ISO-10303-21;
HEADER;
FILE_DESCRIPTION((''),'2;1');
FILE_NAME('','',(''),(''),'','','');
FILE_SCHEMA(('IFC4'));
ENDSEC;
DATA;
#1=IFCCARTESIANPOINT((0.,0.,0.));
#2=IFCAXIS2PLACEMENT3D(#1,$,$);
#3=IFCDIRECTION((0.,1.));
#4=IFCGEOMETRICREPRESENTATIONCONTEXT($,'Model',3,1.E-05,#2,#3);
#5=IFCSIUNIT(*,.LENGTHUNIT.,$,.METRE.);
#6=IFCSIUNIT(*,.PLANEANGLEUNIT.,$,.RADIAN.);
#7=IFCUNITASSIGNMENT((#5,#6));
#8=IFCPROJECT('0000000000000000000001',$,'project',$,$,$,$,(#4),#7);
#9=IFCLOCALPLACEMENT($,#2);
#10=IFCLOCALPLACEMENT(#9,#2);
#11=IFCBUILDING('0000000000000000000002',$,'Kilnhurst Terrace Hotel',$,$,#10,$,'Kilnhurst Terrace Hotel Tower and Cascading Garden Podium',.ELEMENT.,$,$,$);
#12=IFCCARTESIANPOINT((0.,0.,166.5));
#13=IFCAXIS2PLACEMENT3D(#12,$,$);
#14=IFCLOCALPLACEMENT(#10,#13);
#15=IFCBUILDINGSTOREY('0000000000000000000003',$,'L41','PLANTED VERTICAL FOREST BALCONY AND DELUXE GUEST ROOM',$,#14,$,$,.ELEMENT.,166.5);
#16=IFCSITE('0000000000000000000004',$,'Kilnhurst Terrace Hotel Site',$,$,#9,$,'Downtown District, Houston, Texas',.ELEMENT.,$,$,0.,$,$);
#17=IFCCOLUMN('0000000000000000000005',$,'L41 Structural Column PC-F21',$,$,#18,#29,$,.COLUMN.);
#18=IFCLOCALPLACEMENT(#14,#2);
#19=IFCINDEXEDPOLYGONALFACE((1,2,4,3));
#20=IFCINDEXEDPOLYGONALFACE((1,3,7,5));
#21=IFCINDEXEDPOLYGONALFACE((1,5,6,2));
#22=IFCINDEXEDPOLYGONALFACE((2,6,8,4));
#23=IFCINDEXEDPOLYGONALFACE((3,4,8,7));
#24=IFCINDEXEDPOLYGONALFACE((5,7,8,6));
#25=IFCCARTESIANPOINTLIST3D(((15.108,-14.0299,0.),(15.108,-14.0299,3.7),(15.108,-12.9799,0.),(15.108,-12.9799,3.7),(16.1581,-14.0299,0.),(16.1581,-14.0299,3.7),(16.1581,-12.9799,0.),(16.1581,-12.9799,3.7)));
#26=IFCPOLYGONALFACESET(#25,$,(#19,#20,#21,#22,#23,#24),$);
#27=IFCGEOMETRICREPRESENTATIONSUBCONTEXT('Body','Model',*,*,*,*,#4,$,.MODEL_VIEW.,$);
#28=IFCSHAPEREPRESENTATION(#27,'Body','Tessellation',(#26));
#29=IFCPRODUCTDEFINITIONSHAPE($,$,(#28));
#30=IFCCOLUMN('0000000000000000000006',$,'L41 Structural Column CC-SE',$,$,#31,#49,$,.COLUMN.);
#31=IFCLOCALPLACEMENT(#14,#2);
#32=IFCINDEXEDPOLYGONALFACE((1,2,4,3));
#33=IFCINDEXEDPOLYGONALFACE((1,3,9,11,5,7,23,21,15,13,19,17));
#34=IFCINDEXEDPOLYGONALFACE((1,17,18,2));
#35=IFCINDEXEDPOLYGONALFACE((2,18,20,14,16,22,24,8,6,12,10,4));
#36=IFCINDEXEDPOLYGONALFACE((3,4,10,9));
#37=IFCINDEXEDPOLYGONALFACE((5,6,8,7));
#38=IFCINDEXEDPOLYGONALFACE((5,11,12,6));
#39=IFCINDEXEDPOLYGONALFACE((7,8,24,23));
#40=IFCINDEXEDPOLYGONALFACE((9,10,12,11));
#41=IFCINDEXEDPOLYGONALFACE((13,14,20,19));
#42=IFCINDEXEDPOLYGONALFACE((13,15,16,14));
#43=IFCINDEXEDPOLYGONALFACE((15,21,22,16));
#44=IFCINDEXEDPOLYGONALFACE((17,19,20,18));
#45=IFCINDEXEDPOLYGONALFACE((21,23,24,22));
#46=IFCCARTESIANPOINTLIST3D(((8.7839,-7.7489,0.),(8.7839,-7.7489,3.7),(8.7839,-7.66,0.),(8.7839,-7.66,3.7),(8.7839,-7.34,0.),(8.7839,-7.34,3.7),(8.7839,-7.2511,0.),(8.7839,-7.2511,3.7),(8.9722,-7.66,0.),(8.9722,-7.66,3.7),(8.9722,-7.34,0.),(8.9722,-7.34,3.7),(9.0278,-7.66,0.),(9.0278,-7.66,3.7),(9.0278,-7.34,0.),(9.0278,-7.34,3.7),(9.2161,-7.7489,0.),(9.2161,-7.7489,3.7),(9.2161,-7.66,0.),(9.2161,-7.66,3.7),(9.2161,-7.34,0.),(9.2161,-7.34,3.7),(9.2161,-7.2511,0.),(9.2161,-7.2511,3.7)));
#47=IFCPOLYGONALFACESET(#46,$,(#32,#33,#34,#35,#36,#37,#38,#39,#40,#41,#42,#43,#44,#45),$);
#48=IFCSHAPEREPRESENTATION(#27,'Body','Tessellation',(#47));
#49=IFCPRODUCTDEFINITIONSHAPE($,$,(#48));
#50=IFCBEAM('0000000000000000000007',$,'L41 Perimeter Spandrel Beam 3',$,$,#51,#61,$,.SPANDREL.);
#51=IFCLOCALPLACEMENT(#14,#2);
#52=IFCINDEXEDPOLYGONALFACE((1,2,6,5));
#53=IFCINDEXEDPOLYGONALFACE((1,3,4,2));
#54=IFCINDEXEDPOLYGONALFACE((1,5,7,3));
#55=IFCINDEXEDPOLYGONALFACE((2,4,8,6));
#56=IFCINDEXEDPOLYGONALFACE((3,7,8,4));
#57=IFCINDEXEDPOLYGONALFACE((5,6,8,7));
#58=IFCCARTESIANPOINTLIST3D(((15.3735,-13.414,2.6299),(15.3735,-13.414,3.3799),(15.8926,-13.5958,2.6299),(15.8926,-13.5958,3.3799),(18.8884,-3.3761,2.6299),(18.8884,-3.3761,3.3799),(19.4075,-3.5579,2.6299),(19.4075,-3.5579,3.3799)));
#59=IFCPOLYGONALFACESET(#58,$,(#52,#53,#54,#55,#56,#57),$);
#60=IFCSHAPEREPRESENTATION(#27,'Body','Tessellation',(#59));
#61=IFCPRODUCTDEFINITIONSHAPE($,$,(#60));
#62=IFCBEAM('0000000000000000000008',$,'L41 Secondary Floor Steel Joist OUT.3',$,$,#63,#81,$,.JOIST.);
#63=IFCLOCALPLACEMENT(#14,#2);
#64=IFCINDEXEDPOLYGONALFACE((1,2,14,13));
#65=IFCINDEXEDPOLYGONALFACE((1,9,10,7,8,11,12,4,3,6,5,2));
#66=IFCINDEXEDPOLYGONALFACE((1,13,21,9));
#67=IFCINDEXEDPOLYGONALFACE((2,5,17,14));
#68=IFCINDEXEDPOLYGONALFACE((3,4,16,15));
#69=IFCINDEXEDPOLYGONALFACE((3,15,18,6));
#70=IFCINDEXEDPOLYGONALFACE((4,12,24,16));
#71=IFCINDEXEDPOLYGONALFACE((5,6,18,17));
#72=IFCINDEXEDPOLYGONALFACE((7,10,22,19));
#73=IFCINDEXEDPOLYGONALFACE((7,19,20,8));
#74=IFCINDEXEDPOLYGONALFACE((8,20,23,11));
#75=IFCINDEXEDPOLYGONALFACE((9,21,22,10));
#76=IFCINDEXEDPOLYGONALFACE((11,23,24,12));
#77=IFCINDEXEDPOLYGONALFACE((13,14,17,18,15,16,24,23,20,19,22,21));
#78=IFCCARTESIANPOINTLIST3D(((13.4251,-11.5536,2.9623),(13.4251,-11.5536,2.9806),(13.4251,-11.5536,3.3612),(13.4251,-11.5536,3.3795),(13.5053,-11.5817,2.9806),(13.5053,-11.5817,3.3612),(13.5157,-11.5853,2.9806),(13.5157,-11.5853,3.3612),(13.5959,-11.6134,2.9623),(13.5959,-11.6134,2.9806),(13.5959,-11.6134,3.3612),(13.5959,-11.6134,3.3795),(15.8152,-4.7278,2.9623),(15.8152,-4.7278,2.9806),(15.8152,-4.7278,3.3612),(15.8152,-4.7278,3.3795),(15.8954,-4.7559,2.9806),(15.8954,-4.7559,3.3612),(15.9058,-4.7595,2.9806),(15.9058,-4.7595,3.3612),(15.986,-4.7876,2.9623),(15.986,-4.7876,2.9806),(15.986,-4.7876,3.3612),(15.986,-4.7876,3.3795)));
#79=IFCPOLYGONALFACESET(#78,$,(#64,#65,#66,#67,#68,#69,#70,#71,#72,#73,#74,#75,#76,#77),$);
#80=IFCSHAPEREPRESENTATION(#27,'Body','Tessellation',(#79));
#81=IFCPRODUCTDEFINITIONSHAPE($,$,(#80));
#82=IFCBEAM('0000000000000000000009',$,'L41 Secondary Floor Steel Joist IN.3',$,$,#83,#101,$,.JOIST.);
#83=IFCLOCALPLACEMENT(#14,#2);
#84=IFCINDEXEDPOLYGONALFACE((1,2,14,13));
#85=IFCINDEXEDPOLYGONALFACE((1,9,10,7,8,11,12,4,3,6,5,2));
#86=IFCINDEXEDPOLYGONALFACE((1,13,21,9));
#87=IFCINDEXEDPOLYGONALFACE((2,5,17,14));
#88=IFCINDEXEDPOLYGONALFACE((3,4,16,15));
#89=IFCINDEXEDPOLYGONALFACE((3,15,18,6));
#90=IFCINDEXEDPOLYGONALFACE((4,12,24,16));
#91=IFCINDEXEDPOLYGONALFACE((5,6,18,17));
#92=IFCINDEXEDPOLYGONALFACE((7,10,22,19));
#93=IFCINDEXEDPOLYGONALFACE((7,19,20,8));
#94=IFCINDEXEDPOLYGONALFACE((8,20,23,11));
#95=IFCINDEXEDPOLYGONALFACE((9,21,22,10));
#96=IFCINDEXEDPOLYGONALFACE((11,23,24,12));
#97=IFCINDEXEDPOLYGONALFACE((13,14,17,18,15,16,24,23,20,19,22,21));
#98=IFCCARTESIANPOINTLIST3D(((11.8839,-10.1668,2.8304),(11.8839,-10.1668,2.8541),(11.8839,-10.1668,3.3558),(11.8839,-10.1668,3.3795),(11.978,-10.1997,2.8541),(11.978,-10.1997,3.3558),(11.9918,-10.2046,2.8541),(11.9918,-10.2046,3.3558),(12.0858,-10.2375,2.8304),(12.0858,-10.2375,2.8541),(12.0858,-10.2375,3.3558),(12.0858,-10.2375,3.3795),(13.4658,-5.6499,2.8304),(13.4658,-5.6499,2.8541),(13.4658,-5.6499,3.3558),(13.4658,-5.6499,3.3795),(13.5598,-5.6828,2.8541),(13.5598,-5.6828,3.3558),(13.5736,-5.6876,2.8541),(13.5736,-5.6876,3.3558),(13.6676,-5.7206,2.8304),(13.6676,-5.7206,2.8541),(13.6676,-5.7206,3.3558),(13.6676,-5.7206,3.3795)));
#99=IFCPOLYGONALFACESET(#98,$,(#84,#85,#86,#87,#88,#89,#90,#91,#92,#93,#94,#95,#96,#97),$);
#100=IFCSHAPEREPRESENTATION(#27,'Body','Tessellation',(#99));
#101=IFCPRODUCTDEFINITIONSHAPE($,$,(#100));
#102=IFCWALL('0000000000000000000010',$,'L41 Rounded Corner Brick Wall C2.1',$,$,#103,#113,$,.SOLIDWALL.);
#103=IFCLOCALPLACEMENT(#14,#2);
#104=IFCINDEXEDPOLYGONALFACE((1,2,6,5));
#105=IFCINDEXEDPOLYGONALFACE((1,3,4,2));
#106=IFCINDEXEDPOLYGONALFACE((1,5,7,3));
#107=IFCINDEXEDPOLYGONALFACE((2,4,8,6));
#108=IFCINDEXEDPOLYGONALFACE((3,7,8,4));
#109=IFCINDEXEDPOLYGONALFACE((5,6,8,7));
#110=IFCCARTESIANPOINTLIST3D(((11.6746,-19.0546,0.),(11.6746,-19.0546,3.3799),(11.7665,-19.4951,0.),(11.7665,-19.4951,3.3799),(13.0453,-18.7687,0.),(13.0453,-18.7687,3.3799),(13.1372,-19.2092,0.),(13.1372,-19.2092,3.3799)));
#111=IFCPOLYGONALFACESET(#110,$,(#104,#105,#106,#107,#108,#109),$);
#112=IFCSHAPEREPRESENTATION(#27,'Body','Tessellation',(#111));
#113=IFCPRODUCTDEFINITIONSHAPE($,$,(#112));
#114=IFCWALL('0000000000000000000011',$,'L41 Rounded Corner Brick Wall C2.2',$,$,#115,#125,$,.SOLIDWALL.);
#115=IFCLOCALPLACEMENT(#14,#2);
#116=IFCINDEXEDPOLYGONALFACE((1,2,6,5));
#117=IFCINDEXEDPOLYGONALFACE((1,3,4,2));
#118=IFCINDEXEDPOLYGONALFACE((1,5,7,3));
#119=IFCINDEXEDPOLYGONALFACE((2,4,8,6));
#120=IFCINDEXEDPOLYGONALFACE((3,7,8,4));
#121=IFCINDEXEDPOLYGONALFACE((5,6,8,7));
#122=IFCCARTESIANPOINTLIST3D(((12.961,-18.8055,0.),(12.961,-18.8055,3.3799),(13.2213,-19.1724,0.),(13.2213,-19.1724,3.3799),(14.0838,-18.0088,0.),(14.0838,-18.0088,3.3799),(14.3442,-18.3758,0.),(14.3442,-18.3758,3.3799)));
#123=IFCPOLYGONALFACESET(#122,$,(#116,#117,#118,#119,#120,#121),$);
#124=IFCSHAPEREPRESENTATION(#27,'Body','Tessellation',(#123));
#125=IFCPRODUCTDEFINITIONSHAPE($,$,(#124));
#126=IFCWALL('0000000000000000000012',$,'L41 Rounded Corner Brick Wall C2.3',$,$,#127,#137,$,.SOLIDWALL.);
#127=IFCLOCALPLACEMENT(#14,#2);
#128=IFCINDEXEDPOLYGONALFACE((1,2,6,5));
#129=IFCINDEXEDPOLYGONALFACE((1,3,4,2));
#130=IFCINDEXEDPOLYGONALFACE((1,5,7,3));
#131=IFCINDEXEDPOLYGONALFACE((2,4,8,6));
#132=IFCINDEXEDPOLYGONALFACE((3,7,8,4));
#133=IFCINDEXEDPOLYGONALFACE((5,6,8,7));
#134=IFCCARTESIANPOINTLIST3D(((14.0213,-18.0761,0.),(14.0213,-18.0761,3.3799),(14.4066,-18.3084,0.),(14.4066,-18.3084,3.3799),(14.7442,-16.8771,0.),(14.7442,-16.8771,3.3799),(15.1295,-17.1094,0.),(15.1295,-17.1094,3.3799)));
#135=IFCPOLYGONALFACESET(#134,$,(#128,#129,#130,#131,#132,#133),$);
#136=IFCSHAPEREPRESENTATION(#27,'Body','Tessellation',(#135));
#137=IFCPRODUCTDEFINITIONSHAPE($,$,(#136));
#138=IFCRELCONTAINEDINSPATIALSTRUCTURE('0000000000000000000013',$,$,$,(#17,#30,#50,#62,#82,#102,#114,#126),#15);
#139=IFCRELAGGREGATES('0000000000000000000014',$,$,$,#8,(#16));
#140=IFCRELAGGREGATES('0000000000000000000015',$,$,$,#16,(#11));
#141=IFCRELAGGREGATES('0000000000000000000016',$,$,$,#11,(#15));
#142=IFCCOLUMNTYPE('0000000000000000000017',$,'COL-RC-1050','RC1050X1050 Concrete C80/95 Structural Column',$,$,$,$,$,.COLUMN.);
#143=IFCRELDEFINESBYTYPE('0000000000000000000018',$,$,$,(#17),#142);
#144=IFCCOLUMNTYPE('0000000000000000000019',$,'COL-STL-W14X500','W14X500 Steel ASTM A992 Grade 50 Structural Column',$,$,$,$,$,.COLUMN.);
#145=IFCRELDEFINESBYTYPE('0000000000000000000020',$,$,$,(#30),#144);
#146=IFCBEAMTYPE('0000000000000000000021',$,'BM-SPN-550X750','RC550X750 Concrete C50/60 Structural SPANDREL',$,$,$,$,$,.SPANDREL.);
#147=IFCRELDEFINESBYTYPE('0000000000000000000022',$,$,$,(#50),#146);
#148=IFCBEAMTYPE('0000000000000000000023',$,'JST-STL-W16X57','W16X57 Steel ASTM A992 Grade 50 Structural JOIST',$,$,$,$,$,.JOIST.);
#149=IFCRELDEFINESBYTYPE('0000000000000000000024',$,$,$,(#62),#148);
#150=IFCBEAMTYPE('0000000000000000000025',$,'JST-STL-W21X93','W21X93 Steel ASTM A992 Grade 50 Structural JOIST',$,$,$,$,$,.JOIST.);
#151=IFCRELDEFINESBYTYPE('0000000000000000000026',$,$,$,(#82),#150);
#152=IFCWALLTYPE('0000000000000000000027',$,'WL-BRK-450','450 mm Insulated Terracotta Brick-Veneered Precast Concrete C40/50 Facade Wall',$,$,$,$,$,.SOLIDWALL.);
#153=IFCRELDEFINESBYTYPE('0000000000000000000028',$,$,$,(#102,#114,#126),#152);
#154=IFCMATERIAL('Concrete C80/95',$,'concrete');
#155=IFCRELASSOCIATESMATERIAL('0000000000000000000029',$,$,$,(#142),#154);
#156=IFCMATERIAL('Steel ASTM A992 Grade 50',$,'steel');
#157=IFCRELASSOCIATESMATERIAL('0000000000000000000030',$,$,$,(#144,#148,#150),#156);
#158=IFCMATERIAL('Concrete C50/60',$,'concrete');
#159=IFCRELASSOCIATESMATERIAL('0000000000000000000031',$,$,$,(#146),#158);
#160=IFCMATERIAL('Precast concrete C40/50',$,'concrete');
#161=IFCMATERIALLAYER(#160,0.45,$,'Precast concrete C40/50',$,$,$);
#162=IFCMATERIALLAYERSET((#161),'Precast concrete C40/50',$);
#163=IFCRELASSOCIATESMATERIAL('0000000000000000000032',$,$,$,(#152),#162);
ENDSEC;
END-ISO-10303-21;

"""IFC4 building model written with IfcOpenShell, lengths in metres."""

from ifc_helpers import new_model, si_unit, direction, frame, frame_2d, origin, origin_2d, place, context, subcontext, project, spatial, rectangle, i_section, extrude, material, layer, layer_set, material_profile, profile_set, type_object, element, save


model = new_model("IFC4")

# Units and contexts
model_context = context("Model", 3, precision=1e-05, world=origin(), true_north=direction((0.0, 1.0)))
body_context = subcontext(model_context, "Body", "Model", "MODEL_VIEW")
ifc_project = project(units=[si_unit("LENGTHUNIT", "METRE"), si_unit("PLANEANGLEUNIT", "RADIAN")], contexts=[model_context])

# Site, building, storey
site_placement = place(None, origin())
site = spatial("IfcSite", under=ifc_project, at=site_placement, Name="Kilnhurst Terrace Hotel Site", LongName="Downtown District, Houston, Texas", CompositionType="ELEMENT", RefElevation=0.0)
building_placement = place(site_placement, origin())
building = spatial("IfcBuilding", under=site, at=building_placement, Name="Kilnhurst Terrace Hotel", LongName="Kilnhurst Terrace Hotel Tower and Cascading Garden Podium", CompositionType="ELEMENT")
storey_placement = place(building_placement, frame((0.0, 0.0, 166.5)))
storey = spatial("IfcBuildingStorey", under=building, at=storey_placement, Name="L41", Description="PLANTED VERTICAL FOREST BALCONY AND DELUXE GUEST ROOM", CompositionType="ELEMENT", Elevation=166.5)

# Columns
ifc_material_1 = material(Name="Concrete C80/95", Category="concrete")
ifc_material_profile_1 = material_profile(ifc_material_1, rectangle(XDim=1.05, YDim=1.05, at=origin_2d()), Name="RC1050X1050")
ifc_profile_set_1 = profile_set([ifc_material_profile_1], Name="Concrete C80/95")
column_type_1 = type_object("IfcColumnType", Name="COL-RC-1050", Description="RC1050X1050 Concrete C80/95 Structural Column", PredefinedType="COLUMN", material=ifc_profile_set_1)
column_1_placement = place(storey_placement, frame((15.6331, -13.5049, 0.0), z_axis=(0.0, 0.0, 1.0), x_axis=(1.0, 0.0, 0.0)))
element("IfcColumn", 1, at=column_1_placement, inside=storey, type_object=column_type_1, Name="L41 Structural Column PC-F21", PredefinedType="COLUMN", context=body_context, shape_type="SweptSolid", body=[
    extrude(rectangle(XDim=1.05, YDim=1.05, at=origin_2d()), origin(), (0.0, 0.0, 1.0), 3.7),
])
ifc_material_2 = material(Name="Steel ASTM A992 Grade 50", Category="steel")
ifc_material_profile_2 = material_profile(ifc_material_2, i_section(OverallWidth=0.4321, OverallDepth=0.4978, WebThickness=0.0557, FlangeThickness=0.0889, at=origin_2d()), Name="W14X500")
ifc_profile_set_2 = profile_set([ifc_material_profile_2], Name="Steel ASTM A992 Grade 50")
column_type_2 = type_object("IfcColumnType", Name="COL-STL-W14X500", Description="W14X500 Steel ASTM A992 Grade 50 Structural Column", PredefinedType="COLUMN", material=ifc_profile_set_2)
column_2_placement = place(storey_placement, frame((9.0, -7.5, 0.0), z_axis=(0.0, 0.0, 1.0), x_axis=(1.0, 0.0, 0.0)))
element("IfcColumn", 2, at=column_2_placement, inside=storey, type_object=column_type_2, Name="L41 Structural Column CC-SE", PredefinedType="COLUMN", context=body_context, shape_type="SweptSolid", body=[
    extrude(i_section(OverallWidth=0.4321, OverallDepth=0.4978, WebThickness=0.0557, FlangeThickness=0.0889, at=origin_2d()), origin(), (0.0, 0.0, 1.0), 3.7),
])

# Beams
ifc_material_3 = material(Name="Concrete C50/60", Category="concrete")
ifc_material_profile_3 = material_profile(ifc_material_3, rectangle(XDim=0.55, YDim=0.75, at=origin_2d()), Name="RC550X750")
ifc_profile_set_3 = profile_set([ifc_material_profile_3], Name="Concrete C50/60")
beam_type_1 = type_object("IfcBeamType", Name="BM-SPN-550X750", Description="RC550X750 Concrete C50/60 Structural SPANDREL", PredefinedType="SPANDREL", material=ifc_profile_set_3)
beam_1_placement = place(storey_placement, frame((15.6331, -13.5049, 3.0049), z_axis=(0.330488, 0.94381, 0.0), x_axis=(-0.94381, 0.330488, 0.0)))
element("IfcBeam", 3, at=beam_1_placement, inside=storey, type_object=beam_type_1, Name="L41 Perimeter Spandrel Beam 3", PredefinedType="SPANDREL", context=body_context, shape_type="SweptSolid", body=[
    extrude(rectangle(XDim=0.55, YDim=0.75, at=origin_2d()), origin(), (0.0, 0.0, 1.0), 10.6355),
])
ifc_material_profile_4 = material_profile(ifc_material_2, i_section(OverallWidth=0.1809, OverallDepth=0.4172, WebThickness=0.011, FlangeThickness=0.0183, at=origin_2d()), Name="W16X57")
ifc_profile_set_4 = profile_set([ifc_material_profile_4], Name="Steel ASTM A992 Grade 50")
beam_type_2 = type_object("IfcBeamType", Name="JST-STL-W16X57", Description="W16X57 Steel ASTM A992 Grade 50 Structural JOIST", PredefinedType="JOIST", material=ifc_profile_set_4)
beam_2_placement = place(storey_placement, frame((13.5105, -11.5835, 3.1709), z_axis=(0.330481, 0.943813, 0.0), x_axis=(-0.943813, 0.330481, 0.0)))
element("IfcBeam", 4, at=beam_2_placement, inside=storey, type_object=beam_type_2, Name="L41 Secondary Floor Steel Joist OUT.3", PredefinedType="JOIST", context=body_context, shape_type="SweptSolid", body=[
    extrude(i_section(OverallWidth=0.1809, OverallDepth=0.4172, WebThickness=0.011, FlangeThickness=0.0183, at=origin_2d()), origin(), (0.0, 0.0, 1.0), 7.2322),
])
ifc_material_profile_5 = material_profile(ifc_material_2, i_section(OverallWidth=0.2139, OverallDepth=0.5491, WebThickness=0.0146, FlangeThickness=0.0237, at=origin_2d()), Name="W21X93")
ifc_profile_set_5 = profile_set([ifc_material_profile_5], Name="Steel ASTM A992 Grade 50")
beam_type_3 = type_object("IfcBeamType", Name="JST-STL-W21X93", Description="W21X93 Steel ASTM A992 Grade 50 Structural JOIST", PredefinedType="JOIST", material=ifc_profile_set_5)
beam_3_placement = place(storey_placement, frame((11.9849, -10.2021, 3.105), z_axis=(0.330516, 0.9438, 0.0), x_axis=(-0.9438, 0.330516, 0.0)))
element("IfcBeam", 5, at=beam_3_placement, inside=storey, type_object=beam_type_3, Name="L41 Secondary Floor Steel Joist IN.3", PredefinedType="JOIST", context=body_context, shape_type="SweptSolid", body=[
    extrude(i_section(OverallWidth=0.2139, OverallDepth=0.5491, WebThickness=0.0146, FlangeThickness=0.0237, at=origin_2d()), origin(), (0.0, 0.0, 1.0), 4.7859),
])

# Walls
ifc_material_4 = material(Name="Precast concrete C40/50", Category="concrete")
ifc_layer_1 = layer(ifc_material_4, 0.45, Name="Precast concrete C40/50")
ifc_layer_set_1 = layer_set([ifc_layer_1], Name="Precast concrete C40/50")
wall_type_1 = type_object("IfcWallType", Name="WL-BRK-450", Description="450 mm Insulated Terracotta Brick-Veneered Precast Concrete C40/50 Facade Wall", PredefinedType="SOLIDWALL", material=ifc_layer_set_1)
wall_1_placement = place(storey_placement, frame((11.7205, -19.2749, 0.0), z_axis=(0.0, 0.0, 1.0), x_axis=(0.978931, 0.204191, 0.0)))
element("IfcWall", 6, at=wall_1_placement, inside=storey, type_object=wall_type_1, Name="L41 Rounded Corner Brick Wall C2.1", PredefinedType="SOLIDWALL", context=body_context, shape_type="SweptSolid", body=[
    extrude(rectangle(XDim=1.4001, YDim=0.45, at=frame_2d((0.7002, 0.0))), origin(), (0.0, 0.0, 1.0), 3.3799),
])
wall_2_placement = place(storey_placement, frame((13.0911, -18.989, 0.0), z_axis=(0.0, 0.0, 1.0), x_axis=(0.815575, 0.578652, 0.0)))
element("IfcWall", 7, at=wall_2_placement, inside=storey, type_object=wall_type_1, Name="L41 Rounded Corner Brick Wall C2.2", PredefinedType="SOLIDWALL", context=body_context, shape_type="SweptSolid", body=[
    extrude(rectangle(XDim=1.3767, YDim=0.45, at=frame_2d((0.6885, 0.0))), origin(), (0.0, 0.0, 1.0), 3.3799),
])
wall_3_placement = place(storey_placement, frame((14.2139, -18.1924, 0.0), z_axis=(0.0, 0.0, 1.0), x_axis=(0.516341, 0.856383, 0.0)))
element("IfcWall", 8, at=wall_3_placement, inside=storey, type_object=wall_type_1, Name="L41 Rounded Corner Brick Wall C2.3", PredefinedType="SOLIDWALL", context=body_context, shape_type="SweptSolid", body=[
    extrude(rectangle(XDim=1.4001, YDim=0.45, at=frame_2d((0.7002, 0.0))), origin(), (0.0, 0.0, 1.0), 3.3799),
])

save(model, "model.ifc")
